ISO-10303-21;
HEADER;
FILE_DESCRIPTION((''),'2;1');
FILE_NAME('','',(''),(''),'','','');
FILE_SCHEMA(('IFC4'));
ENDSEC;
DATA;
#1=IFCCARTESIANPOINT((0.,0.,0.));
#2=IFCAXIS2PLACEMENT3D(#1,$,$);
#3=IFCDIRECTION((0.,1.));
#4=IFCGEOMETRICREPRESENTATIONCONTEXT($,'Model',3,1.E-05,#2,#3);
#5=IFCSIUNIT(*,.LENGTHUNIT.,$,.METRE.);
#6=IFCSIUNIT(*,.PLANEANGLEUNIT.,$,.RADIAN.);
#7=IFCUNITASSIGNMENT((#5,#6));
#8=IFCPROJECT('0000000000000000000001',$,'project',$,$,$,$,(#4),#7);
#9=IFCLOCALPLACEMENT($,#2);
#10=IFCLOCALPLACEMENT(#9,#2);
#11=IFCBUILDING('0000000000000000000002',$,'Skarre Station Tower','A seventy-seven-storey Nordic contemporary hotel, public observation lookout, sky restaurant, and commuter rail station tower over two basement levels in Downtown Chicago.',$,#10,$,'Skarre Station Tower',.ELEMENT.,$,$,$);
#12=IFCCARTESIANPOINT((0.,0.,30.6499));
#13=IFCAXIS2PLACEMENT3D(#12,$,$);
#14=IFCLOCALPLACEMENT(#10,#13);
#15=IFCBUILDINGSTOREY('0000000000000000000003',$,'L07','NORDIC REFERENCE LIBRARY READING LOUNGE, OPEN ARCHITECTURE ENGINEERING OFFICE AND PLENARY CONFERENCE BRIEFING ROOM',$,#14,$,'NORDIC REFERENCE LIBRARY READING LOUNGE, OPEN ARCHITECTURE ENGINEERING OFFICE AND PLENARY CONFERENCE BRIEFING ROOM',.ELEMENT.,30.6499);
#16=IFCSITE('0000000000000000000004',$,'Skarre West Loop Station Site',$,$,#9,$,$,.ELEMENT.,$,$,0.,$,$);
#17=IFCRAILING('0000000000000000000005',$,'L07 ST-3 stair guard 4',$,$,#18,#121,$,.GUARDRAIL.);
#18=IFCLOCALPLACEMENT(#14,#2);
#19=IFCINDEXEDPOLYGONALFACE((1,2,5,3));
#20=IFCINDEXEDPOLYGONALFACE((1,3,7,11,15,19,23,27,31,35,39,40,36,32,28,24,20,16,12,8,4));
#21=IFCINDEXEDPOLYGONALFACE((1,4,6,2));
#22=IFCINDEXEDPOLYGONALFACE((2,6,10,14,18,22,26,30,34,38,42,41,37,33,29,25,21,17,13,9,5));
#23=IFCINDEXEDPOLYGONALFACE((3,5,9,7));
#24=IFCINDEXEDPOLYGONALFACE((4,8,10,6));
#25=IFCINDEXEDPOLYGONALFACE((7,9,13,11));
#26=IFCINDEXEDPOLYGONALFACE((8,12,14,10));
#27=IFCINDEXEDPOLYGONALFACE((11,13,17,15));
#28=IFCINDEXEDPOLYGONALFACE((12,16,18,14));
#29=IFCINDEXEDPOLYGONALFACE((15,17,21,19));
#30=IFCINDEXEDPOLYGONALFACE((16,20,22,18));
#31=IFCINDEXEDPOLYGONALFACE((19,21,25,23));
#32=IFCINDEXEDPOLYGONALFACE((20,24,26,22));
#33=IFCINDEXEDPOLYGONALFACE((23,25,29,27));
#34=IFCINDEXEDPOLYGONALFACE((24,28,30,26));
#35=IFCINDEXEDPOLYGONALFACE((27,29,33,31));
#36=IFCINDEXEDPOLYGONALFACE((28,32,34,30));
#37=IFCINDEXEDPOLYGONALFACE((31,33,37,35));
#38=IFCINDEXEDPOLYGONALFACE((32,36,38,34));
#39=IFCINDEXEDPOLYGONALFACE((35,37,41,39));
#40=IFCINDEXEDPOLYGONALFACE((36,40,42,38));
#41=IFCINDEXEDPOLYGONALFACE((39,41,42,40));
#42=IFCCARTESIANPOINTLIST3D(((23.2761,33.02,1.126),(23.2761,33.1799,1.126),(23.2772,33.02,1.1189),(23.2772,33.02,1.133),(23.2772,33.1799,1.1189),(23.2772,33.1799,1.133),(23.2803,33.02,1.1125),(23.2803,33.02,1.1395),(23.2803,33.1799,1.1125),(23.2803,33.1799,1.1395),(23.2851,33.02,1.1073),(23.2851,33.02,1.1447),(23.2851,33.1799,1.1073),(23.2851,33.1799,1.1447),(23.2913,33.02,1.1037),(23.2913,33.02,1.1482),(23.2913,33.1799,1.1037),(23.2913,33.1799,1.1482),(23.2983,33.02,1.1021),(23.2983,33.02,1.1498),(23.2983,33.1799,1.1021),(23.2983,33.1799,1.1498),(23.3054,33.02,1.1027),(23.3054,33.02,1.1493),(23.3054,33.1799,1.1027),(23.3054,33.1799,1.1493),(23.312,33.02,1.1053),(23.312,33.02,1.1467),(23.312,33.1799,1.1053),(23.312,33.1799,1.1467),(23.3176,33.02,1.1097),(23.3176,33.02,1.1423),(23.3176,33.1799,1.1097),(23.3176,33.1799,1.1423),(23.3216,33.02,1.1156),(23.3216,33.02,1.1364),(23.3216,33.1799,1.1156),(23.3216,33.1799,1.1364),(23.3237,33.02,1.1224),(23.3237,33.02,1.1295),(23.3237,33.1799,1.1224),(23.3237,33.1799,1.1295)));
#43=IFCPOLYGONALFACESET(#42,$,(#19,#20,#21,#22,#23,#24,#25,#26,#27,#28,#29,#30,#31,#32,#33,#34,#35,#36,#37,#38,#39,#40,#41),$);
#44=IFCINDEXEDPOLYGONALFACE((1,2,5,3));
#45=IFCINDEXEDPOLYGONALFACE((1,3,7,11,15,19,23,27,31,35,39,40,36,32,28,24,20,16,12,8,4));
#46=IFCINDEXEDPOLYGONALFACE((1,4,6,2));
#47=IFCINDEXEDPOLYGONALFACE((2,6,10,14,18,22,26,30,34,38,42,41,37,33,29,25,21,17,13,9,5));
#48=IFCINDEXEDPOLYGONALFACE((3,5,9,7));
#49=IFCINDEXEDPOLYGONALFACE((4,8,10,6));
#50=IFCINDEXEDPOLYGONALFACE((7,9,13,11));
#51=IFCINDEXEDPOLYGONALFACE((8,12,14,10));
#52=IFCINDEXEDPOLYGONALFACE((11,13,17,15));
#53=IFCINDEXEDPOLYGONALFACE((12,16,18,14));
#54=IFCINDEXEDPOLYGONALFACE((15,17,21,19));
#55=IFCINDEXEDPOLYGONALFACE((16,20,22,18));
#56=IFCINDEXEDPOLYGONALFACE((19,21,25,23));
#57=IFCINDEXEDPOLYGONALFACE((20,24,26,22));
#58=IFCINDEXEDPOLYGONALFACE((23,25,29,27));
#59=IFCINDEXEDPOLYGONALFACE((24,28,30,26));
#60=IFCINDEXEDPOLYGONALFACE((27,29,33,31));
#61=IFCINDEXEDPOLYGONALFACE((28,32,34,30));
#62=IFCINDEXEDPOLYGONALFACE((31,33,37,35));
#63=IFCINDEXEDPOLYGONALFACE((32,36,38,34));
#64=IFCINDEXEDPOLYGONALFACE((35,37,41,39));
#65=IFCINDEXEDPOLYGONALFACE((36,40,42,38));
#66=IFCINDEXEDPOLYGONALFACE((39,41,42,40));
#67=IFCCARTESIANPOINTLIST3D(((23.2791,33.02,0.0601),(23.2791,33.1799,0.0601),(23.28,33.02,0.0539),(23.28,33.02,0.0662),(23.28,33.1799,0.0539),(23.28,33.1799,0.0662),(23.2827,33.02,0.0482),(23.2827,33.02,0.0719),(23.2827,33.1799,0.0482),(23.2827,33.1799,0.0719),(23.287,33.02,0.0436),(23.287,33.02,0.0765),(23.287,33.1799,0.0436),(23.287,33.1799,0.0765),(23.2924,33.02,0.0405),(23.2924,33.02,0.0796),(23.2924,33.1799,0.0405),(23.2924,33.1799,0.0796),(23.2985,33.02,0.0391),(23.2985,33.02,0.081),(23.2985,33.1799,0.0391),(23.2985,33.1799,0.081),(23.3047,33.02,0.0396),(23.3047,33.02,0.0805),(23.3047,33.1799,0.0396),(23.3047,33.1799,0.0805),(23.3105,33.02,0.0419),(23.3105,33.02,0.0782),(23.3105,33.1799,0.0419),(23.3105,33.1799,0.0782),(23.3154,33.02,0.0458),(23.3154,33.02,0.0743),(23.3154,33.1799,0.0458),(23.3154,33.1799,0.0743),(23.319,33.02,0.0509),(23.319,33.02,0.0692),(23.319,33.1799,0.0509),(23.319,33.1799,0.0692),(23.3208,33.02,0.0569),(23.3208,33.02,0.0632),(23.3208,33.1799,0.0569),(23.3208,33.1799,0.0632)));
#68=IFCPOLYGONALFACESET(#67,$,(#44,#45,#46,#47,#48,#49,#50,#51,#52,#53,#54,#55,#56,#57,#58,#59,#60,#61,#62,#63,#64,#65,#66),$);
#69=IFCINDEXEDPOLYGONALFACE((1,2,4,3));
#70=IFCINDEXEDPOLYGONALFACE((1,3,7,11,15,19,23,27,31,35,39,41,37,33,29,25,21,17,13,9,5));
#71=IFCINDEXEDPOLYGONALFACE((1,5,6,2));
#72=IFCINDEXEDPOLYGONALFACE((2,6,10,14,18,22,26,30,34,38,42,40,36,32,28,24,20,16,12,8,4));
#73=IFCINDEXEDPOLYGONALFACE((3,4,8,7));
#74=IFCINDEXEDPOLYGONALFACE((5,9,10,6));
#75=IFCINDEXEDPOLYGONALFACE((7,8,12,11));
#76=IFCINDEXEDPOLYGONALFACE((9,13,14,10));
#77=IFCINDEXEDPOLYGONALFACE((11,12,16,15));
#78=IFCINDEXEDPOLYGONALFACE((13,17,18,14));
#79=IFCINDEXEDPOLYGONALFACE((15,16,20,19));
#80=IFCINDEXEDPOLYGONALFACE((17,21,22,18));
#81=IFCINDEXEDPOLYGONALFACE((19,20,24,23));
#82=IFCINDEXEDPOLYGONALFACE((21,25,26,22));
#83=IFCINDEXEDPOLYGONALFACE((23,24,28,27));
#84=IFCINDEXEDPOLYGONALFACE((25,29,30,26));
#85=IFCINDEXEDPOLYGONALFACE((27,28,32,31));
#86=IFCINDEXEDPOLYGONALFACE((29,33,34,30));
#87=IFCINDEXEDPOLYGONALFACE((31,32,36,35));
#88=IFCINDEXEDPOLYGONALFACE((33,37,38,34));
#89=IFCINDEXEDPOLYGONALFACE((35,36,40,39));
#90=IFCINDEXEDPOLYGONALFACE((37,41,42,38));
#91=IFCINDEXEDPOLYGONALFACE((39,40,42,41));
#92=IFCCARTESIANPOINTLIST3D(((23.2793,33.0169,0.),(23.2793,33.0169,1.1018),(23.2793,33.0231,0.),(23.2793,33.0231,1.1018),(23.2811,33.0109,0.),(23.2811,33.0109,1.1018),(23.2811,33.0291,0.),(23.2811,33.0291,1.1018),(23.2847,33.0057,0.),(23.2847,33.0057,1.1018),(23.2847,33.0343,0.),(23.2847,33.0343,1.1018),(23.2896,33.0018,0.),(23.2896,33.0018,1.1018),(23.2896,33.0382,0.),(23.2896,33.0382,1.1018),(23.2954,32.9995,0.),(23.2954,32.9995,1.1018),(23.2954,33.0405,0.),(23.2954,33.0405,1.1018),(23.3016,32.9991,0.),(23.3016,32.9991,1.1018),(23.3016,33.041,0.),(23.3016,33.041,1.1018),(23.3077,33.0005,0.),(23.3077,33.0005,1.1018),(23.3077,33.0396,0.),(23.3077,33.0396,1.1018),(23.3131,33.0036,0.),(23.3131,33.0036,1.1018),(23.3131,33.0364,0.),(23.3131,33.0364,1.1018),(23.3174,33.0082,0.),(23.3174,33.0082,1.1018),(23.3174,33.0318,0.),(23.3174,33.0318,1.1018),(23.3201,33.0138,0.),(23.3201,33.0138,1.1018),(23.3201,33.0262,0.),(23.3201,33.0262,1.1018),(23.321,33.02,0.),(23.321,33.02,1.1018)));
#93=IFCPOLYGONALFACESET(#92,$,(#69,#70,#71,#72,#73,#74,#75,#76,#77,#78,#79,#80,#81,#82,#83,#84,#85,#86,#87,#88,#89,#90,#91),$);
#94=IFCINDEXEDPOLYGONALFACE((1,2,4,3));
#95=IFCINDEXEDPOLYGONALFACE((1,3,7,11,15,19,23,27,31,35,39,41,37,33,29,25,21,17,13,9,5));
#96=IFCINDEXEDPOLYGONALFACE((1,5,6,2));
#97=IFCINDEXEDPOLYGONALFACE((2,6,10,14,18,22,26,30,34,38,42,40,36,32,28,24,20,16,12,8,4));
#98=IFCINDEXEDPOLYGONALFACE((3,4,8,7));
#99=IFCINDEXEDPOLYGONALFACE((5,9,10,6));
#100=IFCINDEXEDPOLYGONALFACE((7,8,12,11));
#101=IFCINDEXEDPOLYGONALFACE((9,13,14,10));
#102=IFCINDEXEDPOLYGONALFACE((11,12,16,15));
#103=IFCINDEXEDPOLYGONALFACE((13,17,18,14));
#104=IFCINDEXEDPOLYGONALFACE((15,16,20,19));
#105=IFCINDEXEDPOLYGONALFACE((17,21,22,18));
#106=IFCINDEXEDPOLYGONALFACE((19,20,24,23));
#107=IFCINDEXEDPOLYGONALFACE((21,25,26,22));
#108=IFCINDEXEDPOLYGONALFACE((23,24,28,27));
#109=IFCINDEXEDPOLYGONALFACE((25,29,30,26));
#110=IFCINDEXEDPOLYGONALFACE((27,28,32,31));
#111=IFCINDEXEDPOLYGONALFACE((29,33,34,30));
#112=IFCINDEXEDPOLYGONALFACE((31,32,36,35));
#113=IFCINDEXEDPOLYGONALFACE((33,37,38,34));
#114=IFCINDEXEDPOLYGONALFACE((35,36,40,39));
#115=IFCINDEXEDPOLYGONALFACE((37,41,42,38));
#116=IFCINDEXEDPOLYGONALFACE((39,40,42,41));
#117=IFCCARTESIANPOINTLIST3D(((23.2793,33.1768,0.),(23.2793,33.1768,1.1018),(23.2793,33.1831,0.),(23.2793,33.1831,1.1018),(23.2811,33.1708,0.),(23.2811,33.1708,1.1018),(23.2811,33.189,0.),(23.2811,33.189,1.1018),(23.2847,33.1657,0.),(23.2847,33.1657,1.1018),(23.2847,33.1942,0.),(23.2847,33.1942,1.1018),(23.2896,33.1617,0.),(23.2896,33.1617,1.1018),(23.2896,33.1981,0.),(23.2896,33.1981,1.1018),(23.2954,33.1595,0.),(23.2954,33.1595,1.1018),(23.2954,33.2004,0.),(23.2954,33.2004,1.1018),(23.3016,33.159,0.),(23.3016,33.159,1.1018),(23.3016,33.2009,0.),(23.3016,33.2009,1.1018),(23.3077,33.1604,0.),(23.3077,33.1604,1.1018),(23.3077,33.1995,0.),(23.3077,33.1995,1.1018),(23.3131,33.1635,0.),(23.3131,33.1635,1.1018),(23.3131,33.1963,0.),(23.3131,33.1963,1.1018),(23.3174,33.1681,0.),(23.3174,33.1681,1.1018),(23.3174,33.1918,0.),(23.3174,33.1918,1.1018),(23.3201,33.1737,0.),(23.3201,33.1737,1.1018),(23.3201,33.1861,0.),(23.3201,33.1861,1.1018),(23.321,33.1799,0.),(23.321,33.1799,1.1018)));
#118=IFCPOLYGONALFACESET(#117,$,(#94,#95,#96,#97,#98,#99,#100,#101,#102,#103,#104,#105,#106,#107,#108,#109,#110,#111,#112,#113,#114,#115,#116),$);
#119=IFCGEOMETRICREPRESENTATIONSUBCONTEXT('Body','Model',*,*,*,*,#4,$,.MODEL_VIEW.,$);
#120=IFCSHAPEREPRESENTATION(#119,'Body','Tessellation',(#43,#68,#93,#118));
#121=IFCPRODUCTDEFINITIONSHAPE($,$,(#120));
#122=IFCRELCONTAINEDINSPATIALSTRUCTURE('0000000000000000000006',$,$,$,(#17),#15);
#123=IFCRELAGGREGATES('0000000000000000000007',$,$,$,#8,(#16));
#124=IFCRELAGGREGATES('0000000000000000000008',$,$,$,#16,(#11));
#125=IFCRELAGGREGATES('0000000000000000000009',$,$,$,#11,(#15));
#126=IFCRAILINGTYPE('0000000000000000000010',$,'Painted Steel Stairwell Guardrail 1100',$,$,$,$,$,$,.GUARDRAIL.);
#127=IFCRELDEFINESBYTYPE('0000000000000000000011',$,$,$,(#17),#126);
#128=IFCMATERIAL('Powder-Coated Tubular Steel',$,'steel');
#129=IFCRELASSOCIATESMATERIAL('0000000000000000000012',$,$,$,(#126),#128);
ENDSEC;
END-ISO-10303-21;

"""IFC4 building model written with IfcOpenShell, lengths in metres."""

from ifc_helpers import new_model, si_unit, direction, frame, origin, origin_2d, place, context, subcontext, project, spatial, circle, extrude, material, type_object, element, save


model = new_model("IFC4")

# Units and contexts
model_context = context("Model", 3, precision=1e-05, world=origin(), true_north=direction((0.0, 1.0)))
body_context = subcontext(model_context, "Body", "Model", "MODEL_VIEW")
ifc_project = project(units=[si_unit("LENGTHUNIT", "METRE"), si_unit("PLANEANGLEUNIT", "RADIAN")], contexts=[model_context])

# Site, building, storey
site_placement = place(None, origin())
site = spatial("IfcSite", under=ifc_project, at=site_placement, Name="Skarre West Loop Station Site", CompositionType="ELEMENT", RefElevation=0.0)
building_placement = place(site_placement, origin())
building = spatial("IfcBuilding", under=site, at=building_placement, Name="Skarre Station Tower", Description="A seventy-seven-storey Nordic contemporary hotel, public observation lookout, sky restaurant, and commuter rail station tower over two basement levels in Downtown Chicago.", LongName="Skarre Station Tower", CompositionType="ELEMENT")
storey_placement = place(building_placement, frame((0.0, 0.0, 30.6499)))
storey = spatial("IfcBuildingStorey", under=building, at=storey_placement, Name="L07", Description="NORDIC REFERENCE LIBRARY READING LOUNGE, OPEN ARCHITECTURE ENGINEERING OFFICE AND PLENARY CONFERENCE BRIEFING ROOM", LongName="NORDIC REFERENCE LIBRARY READING LOUNGE, OPEN ARCHITECTURE ENGINEERING OFFICE AND PLENARY CONFERENCE BRIEFING ROOM", CompositionType="ELEMENT", Elevation=30.6499)

# Railing
ifc_material_1 = material(Name="Powder-Coated Tubular Steel", Category="steel")
railing_type_1 = type_object("IfcRailingType", Name="Painted Steel Stairwell Guardrail 1100", PredefinedType="GUARDRAIL", material=ifc_material_1)
railing_1_placement = place(storey_placement, frame((23.3, 33.02, 0.0)))
element("IfcRailing", 1, at=railing_1_placement, inside=storey, type_object=railing_type_1, Name="L07 ST-3 stair guard 4", PredefinedType="GUARDRAIL", context=body_context, shape_type="SweptSolid", body=[
    extrude(circle(Radius=0.0239, at=origin_2d()), frame((0.0, 0.0, 1.126), z_axis=(0.0, 1.0, 0.0), x_axis=(-1.0, 0.0, 0.0)), (0.0, 0.0, 1.0), 0.1599),
    extrude(circle(Radius=0.021, at=origin_2d()), frame((0.0, 0.0, 0.0601), z_axis=(0.0, 1.0, 0.0), x_axis=(-1.0, 0.0, 0.0)), (0.0, 0.0, 1.0), 0.1599),
    extrude(circle(Radius=0.021, at=origin_2d()), origin(), (0.0, 0.0, 1.0), 1.1018),
    extrude(circle(Radius=0.021, at=origin_2d()), frame((0.0, 0.1599, 0.0)), (0.0, 0.0, 1.0), 1.1018),
])

save(model, "model.ifc")
